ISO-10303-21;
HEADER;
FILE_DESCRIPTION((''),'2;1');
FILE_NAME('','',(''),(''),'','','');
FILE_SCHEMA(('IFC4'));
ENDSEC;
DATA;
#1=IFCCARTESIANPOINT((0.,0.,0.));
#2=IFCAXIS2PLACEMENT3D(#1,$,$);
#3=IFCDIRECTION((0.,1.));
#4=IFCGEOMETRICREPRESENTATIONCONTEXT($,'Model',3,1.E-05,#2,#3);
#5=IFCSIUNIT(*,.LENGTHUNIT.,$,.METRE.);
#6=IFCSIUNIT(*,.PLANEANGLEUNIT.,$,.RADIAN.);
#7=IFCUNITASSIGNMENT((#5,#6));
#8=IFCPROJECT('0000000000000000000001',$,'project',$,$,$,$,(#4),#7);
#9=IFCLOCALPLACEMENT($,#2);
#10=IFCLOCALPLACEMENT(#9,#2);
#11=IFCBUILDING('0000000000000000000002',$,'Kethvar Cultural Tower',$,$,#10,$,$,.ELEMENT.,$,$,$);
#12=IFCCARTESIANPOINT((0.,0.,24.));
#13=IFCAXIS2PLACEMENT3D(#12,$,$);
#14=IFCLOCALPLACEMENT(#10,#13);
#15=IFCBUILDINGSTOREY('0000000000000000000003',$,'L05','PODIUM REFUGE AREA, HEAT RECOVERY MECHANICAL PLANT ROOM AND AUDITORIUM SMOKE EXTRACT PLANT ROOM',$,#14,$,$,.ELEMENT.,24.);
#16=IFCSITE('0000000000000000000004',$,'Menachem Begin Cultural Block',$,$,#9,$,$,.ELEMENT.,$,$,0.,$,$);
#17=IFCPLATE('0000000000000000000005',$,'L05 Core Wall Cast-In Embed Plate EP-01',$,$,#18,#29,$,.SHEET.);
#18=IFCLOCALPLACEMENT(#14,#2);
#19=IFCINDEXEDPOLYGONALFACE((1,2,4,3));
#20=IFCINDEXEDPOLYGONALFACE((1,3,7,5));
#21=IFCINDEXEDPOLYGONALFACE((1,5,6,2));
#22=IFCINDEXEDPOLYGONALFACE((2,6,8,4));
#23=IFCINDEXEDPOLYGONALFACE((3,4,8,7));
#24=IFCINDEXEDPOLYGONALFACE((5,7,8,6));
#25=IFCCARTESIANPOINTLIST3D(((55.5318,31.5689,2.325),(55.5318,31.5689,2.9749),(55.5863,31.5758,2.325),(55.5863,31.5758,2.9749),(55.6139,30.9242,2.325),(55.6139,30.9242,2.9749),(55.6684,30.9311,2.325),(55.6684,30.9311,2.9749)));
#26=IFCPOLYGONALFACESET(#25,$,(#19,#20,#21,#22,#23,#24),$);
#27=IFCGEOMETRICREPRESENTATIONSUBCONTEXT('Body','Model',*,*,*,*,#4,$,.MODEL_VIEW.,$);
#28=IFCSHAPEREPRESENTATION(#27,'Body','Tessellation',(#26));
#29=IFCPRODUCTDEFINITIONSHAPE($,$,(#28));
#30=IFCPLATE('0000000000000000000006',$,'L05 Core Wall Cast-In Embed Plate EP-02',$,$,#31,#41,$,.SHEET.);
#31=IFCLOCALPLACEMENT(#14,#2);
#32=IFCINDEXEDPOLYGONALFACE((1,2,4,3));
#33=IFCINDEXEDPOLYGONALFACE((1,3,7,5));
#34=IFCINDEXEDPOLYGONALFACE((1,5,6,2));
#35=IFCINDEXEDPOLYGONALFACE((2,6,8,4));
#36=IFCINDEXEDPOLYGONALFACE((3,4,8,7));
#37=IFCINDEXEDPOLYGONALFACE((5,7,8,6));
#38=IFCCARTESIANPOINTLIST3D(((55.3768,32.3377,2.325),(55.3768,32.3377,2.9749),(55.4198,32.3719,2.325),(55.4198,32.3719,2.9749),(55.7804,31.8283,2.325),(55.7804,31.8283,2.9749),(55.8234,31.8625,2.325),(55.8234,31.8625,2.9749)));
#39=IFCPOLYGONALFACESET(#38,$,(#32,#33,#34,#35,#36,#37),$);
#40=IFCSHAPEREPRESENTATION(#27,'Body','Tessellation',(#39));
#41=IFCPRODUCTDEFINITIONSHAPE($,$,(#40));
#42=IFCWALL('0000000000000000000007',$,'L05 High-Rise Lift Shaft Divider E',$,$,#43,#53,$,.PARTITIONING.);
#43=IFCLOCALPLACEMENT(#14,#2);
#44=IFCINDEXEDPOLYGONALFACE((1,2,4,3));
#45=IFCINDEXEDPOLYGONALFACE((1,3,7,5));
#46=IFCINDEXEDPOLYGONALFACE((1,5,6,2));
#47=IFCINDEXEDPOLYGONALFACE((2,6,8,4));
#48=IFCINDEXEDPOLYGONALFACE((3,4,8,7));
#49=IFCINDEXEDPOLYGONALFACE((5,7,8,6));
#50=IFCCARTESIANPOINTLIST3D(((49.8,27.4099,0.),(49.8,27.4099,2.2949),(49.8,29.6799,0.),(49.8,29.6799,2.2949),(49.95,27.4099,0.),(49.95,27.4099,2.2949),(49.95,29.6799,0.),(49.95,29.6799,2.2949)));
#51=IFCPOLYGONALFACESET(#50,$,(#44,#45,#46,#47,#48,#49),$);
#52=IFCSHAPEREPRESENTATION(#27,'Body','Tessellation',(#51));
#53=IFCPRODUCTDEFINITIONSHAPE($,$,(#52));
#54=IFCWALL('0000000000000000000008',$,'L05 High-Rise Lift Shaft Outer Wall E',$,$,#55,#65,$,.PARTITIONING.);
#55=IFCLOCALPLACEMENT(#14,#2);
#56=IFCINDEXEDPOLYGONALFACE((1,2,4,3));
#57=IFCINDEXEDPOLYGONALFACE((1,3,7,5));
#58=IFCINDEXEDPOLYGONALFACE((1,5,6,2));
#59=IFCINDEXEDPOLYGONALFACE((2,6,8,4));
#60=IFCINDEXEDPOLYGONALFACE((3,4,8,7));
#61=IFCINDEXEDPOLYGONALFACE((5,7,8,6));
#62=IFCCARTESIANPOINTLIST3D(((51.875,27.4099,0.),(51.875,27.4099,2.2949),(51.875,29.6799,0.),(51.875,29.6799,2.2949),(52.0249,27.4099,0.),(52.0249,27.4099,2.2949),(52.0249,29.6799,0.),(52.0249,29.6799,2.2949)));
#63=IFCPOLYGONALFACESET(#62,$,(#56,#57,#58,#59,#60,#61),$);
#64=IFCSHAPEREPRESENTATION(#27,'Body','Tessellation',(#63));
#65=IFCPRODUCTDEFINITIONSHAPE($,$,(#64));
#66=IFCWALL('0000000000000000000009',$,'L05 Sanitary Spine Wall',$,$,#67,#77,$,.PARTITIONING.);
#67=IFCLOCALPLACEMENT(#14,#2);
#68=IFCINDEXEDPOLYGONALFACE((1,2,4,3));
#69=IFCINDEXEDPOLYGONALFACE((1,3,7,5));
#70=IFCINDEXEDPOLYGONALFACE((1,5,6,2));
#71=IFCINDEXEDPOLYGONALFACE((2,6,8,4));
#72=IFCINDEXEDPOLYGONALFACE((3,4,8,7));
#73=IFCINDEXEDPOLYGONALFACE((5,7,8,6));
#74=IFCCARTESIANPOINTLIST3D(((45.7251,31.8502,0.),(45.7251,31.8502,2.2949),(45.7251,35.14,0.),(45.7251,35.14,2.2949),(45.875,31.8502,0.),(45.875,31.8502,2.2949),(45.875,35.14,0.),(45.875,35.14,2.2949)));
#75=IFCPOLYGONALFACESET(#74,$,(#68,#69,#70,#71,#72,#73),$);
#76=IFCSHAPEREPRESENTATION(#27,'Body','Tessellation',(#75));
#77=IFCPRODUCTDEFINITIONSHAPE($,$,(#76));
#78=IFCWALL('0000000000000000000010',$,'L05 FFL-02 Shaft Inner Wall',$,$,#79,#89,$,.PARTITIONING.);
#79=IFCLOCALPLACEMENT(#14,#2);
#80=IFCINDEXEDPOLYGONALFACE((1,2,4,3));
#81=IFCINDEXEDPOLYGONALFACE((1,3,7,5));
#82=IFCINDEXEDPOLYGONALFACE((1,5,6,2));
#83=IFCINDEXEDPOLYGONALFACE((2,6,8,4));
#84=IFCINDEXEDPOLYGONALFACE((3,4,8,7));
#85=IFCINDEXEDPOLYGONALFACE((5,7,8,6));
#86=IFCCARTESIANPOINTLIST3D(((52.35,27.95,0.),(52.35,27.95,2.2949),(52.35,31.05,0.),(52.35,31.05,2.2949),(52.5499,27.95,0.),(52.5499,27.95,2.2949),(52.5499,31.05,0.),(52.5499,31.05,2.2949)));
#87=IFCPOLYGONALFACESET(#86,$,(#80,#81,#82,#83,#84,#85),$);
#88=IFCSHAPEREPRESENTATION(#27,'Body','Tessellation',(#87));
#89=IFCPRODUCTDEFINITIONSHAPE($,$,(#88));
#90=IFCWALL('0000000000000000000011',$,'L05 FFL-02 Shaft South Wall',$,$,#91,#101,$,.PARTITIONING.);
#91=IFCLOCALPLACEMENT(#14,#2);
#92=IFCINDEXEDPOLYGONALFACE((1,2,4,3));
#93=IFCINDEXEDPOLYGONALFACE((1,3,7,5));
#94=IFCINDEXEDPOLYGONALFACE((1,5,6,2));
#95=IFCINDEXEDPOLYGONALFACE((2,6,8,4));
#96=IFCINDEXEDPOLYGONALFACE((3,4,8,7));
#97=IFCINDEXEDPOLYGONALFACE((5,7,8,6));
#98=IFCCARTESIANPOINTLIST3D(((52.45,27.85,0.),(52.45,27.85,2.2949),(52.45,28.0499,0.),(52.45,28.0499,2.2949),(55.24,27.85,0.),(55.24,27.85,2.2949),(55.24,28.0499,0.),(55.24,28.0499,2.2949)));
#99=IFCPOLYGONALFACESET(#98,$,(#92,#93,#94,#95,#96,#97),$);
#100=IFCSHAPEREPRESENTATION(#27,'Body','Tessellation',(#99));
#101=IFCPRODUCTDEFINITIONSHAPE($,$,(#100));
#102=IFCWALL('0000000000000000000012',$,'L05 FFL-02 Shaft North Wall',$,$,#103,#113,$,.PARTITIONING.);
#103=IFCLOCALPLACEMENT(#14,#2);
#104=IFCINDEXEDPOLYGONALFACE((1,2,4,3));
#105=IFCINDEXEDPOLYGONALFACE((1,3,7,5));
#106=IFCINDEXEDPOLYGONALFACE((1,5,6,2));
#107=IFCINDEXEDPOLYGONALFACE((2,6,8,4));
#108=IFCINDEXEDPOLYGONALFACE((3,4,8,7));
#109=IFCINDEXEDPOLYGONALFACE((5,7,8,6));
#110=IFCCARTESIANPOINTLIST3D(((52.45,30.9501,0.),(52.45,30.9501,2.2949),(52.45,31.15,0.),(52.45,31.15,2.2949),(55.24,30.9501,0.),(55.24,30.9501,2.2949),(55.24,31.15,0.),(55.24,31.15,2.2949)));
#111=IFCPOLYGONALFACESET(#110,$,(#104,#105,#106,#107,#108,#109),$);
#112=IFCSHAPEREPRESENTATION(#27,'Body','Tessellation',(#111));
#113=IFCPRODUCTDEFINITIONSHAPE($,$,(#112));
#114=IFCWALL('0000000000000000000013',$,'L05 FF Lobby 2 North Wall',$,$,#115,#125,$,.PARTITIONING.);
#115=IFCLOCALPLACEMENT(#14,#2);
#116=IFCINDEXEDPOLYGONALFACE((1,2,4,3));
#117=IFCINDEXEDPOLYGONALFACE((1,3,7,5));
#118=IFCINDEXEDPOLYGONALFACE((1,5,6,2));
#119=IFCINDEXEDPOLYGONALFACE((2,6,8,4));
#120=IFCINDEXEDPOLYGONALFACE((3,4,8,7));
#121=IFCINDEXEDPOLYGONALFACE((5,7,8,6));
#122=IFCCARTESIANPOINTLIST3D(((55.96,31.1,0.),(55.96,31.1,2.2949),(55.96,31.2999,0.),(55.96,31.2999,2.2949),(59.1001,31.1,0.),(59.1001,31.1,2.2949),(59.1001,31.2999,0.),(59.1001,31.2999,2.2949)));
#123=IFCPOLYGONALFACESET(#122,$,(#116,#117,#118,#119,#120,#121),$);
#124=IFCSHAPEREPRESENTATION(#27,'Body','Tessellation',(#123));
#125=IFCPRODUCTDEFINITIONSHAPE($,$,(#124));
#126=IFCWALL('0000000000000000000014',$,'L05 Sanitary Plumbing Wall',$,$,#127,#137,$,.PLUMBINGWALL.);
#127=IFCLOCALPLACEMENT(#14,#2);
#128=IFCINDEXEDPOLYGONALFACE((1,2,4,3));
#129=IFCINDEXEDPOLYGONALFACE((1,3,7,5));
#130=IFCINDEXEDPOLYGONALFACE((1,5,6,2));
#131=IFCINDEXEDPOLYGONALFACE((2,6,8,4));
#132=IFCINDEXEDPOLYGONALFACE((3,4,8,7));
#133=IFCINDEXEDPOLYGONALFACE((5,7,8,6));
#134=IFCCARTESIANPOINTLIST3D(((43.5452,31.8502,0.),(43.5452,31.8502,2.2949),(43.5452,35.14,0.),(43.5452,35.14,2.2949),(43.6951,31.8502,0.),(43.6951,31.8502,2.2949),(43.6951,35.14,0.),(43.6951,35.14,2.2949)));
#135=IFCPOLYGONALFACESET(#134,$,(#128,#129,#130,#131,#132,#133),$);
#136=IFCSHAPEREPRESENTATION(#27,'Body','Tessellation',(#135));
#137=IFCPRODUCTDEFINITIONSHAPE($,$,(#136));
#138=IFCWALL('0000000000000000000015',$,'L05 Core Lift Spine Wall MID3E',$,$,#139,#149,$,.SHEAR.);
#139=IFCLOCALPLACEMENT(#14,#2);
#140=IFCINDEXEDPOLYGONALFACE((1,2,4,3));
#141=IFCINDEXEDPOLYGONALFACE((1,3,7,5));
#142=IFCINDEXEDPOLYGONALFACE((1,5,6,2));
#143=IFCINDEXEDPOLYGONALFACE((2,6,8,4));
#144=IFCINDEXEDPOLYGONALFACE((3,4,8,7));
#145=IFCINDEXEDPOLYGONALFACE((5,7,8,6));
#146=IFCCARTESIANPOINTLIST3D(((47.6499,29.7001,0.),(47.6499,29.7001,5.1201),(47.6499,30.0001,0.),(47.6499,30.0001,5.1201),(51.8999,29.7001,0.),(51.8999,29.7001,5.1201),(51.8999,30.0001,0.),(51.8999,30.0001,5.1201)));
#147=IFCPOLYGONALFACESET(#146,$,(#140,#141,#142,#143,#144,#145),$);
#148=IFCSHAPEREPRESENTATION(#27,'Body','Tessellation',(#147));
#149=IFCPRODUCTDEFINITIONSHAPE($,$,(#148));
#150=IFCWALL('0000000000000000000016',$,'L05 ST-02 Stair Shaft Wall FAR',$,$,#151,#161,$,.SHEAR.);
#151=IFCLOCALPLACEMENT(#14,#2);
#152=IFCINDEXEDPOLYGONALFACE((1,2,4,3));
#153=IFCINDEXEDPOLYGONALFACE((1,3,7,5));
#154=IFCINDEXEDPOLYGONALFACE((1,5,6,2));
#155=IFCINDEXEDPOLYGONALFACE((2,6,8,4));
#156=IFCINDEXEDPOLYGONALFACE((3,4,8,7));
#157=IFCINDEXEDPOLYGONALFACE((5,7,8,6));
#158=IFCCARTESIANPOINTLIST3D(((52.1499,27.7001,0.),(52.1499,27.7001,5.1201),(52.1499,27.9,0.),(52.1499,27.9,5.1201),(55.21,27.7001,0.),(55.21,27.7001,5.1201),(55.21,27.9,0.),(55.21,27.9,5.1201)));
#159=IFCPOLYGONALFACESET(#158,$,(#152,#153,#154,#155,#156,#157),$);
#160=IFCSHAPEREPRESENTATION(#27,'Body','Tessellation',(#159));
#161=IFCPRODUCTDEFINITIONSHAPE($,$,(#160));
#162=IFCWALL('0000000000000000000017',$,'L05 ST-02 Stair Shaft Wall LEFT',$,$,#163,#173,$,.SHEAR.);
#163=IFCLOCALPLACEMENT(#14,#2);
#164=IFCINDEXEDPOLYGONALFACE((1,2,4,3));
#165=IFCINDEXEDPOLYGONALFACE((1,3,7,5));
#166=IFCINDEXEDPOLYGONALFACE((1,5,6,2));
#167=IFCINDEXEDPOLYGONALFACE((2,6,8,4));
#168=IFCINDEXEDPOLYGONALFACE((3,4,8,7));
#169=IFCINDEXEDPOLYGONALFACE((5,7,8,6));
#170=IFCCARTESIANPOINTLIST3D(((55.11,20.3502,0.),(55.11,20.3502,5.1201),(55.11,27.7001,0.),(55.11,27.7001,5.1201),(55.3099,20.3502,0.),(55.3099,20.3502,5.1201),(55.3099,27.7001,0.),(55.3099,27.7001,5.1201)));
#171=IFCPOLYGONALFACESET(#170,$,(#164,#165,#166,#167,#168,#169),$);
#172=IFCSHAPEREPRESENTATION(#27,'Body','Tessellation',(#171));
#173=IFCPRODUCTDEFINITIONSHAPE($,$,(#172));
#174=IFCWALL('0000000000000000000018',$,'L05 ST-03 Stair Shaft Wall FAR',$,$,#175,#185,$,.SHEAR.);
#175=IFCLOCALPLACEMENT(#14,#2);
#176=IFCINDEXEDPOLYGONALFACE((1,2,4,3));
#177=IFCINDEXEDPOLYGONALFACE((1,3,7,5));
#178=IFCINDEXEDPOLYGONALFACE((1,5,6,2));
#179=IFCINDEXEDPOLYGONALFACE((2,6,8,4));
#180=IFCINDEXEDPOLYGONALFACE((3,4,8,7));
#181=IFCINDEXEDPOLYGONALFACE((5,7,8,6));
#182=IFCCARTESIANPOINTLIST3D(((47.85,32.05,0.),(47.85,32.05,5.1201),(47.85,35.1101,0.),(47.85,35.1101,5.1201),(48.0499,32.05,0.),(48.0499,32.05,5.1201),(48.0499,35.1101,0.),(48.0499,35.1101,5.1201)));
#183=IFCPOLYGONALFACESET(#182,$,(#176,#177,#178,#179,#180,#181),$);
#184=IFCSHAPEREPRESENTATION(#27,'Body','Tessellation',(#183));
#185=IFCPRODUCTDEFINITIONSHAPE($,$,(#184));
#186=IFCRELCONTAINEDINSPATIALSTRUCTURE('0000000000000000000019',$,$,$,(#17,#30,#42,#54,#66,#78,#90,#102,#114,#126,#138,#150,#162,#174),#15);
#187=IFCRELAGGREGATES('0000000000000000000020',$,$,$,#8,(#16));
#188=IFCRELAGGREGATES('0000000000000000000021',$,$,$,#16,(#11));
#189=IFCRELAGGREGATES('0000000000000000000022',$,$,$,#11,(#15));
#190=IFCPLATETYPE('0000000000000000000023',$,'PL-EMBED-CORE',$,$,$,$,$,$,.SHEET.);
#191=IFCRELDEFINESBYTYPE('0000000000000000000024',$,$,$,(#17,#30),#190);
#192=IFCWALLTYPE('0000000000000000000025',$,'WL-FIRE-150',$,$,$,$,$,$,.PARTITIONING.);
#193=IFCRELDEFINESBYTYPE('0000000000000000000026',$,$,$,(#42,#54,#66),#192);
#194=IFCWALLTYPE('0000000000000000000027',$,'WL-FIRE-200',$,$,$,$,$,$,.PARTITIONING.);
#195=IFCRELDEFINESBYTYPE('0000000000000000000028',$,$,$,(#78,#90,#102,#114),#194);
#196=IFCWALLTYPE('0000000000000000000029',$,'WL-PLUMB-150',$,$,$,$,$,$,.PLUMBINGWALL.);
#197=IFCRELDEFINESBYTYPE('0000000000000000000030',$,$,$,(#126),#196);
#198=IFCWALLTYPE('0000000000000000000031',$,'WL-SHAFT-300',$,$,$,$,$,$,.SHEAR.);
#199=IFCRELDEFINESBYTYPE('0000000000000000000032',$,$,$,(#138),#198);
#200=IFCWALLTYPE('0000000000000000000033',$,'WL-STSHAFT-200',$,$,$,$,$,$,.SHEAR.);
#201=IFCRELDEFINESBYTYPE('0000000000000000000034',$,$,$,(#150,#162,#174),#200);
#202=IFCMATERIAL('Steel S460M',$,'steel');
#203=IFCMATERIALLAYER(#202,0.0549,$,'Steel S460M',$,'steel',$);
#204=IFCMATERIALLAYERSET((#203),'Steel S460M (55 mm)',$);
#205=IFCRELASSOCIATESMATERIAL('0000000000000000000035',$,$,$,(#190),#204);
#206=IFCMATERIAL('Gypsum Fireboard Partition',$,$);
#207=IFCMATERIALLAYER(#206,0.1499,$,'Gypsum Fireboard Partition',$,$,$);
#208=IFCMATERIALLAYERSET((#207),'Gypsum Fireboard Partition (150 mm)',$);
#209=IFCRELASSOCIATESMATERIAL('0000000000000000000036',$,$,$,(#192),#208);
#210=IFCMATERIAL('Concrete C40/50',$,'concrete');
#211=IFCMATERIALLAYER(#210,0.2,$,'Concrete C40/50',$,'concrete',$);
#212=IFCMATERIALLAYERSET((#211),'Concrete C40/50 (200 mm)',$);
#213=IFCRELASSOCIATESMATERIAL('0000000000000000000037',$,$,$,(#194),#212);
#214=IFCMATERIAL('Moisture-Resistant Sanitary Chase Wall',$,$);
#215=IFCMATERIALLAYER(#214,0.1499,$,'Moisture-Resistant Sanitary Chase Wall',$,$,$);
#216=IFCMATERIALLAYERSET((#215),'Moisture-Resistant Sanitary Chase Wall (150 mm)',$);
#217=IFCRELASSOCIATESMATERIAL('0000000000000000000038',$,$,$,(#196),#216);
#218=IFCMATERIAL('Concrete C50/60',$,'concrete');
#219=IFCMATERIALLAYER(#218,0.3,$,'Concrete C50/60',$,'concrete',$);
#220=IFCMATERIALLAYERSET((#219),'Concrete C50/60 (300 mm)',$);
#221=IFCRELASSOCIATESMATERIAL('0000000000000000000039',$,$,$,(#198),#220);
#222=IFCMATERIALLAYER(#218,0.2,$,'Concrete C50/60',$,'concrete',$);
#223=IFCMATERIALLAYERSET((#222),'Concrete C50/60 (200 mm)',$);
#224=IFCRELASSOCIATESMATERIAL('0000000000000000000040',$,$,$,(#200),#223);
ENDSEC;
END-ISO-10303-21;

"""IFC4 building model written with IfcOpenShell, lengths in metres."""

from ifc_helpers import new_model, si_unit, direction, frame, frame_2d, origin, origin_2d, place, context, subcontext, project, spatial, rectangle, extrude, source, transform, mapped, material, layer, layer_set, type_object, element, save


model = new_model("IFC4")

# Units and contexts
model_context = context("Model", 3, precision=1e-05, world=origin(), true_north=direction((0.0, 1.0)))
body_context = subcontext(model_context, "Body", "Model", "MODEL_VIEW")
ifc_project = project(units=[si_unit("LENGTHUNIT", "METRE"), si_unit("PLANEANGLEUNIT", "RADIAN")], contexts=[model_context])

# Site, building, storey
site_placement = place(None, origin())
site = spatial("IfcSite", under=ifc_project, at=site_placement, Name="Menachem Begin Cultural Block", CompositionType="ELEMENT", RefElevation=0.0)
building_placement = place(site_placement, origin())
building = spatial("IfcBuilding", under=site, at=building_placement, Name="Kethvar Cultural Tower", CompositionType="ELEMENT")
storey_placement = place(building_placement, frame((0.0, 0.0, 24.0)))
storey = spatial("IfcBuildingStorey", under=building, at=storey_placement, Name="L05", Description="PODIUM REFUGE AREA, HEAT RECOVERY MECHANICAL PLANT ROOM AND AUDITORIUM SMOKE EXTRACT PLANT ROOM", CompositionType="ELEMENT", Elevation=24.0)

# Shared definitions
ifc_material_1 = material(Name="Steel S460M", Category="steel")

# Plates
ifc_layer_1 = layer(ifc_material_1, 0.0549, Name="Steel S460M", Category="steel")
ifc_layer_set_1 = layer_set([ifc_layer_1], Name="Steel S460M (55 mm)")
plate_type = type_object("IfcPlateType", Name="PL-EMBED-CORE", PredefinedType="SHEET", material=ifc_layer_set_1)
shared_shape_1 = source(origin(), body_context, "Body", "SweptSolid", [
    extrude(rectangle(XDim=0.0549, YDim=0.6499, at=origin_2d()), origin(), (0.0, 0.0, 1.0), 0.6499),
])
for number, where, z_axis, x_axis, name in (
    (1, (55.6001, 31.25, 2.325), (0.0, 0.0, 1.0), (0.991983, 0.126372, 0.0), "L05 Core Wall Cast-In Embed Plate EP-01"),
    (2, (55.6001, 32.1001, 2.325), (0.0, 0.0, 1.0), (0.783802, 0.621011, 0.0), "L05 Core Wall Cast-In Embed Plate EP-02"),
):
    element("IfcPlate", number, at=place(storey_placement, frame(where, z_axis=z_axis, x_axis=x_axis)), inside=storey, type_object=plate_type, Name=name, PredefinedType="SHEET", context=body_context, shape_type="MappedRepresentation", body=[
        mapped(shared_shape_1, transform((0.0, 0.0, 0.0), scale=1.0)),
    ])

# Walls
ifc_material_2 = material(Name="Gypsum Fireboard Partition")
ifc_layer_2 = layer(ifc_material_2, 0.1499, Name="Gypsum Fireboard Partition")
ifc_layer_set_2 = layer_set([ifc_layer_2], Name="Gypsum Fireboard Partition (150 mm)")
wall_type_1 = type_object("IfcWallType", Name="WL-FIRE-150", PredefinedType="PARTITIONING", material=ifc_layer_set_2)
for number, where, z_axis, x_axis, name in (
    (3, (49.875, 27.4099, 0.0), (0.0, 0.0, 1.0), (0.0, 1.0, 0.0), "L05 High-Rise Lift Shaft Divider E"),
    (4, (51.95, 27.4099, 0.0), (0.0, 0.0, 1.0), (0.0, 1.0, 0.0), "L05 High-Rise Lift Shaft Outer Wall E"),
):
    element("IfcWall", number, at=place(storey_placement, frame(where, z_axis=z_axis, x_axis=x_axis)), inside=storey, type_object=wall_type_1, Name=name, PredefinedType="PARTITIONING", context=body_context, shape_type="SweptSolid", body=[
        extrude(rectangle(XDim=2.27, YDim=0.1499, at=frame_2d((1.135, 0.0))), origin(), (0.0, 0.0, 1.0), 2.2949),
    ])
wall_1_placement = place(storey_placement, frame((45.8, 31.8501, 0.0), z_axis=(0.0, 0.0, 1.0), x_axis=(0.0, 1.0, 0.0)))
element("IfcWall", 5, at=wall_1_placement, inside=storey, type_object=wall_type_1, Name="L05 Sanitary Spine Wall", PredefinedType="PARTITIONING", context=body_context, shape_type="SweptSolid", body=[
    extrude(rectangle(XDim=3.2898, YDim=0.1499, at=frame_2d((1.645, 0.0))), origin(), (0.0, 0.0, 1.0), 2.2949),
])
ifc_material_3 = material(Name="Concrete C40/50", Category="concrete")
ifc_layer_3 = layer(ifc_material_3, 0.2, Name="Concrete C40/50", Category="concrete")
ifc_layer_set_3 = layer_set([ifc_layer_3], Name="Concrete C40/50 (200 mm)")
wall_type_2 = type_object("IfcWallType", Name="WL-FIRE-200", PredefinedType="PARTITIONING", material=ifc_layer_set_3)
wall_2_placement = place(storey_placement, frame((52.45, 27.95, 0.0), z_axis=(0.0, 0.0, 1.0), x_axis=(0.0, 1.0, 0.0)))
element("IfcWall", 6, at=wall_2_placement, inside=storey, type_object=wall_type_2, Name="L05 FFL-02 Shaft Inner Wall", PredefinedType="PARTITIONING", context=body_context, shape_type="SweptSolid", body=[
    extrude(rectangle(XDim=3.1001, YDim=0.2, at=frame_2d((1.55, 0.0))), origin(), (0.0, 0.0, 1.0), 2.2949),
])
for number, where, z_axis, x_axis, name in (
    (7, (52.45, 27.95, 0.0), (0.0, 0.0, 1.0), (1.0, 0.0, 0.0), "L05 FFL-02 Shaft South Wall"),
    (8, (52.45, 31.05, 0.0), (0.0, 0.0, 1.0), (1.0, 0.0, 0.0), "L05 FFL-02 Shaft North Wall"),
):
    element("IfcWall", number, at=place(storey_placement, frame(where, z_axis=z_axis, x_axis=x_axis)), inside=storey, type_object=wall_type_2, Name=name, PredefinedType="PARTITIONING", context=body_context, shape_type="SweptSolid", body=[
        extrude(rectangle(XDim=2.79, YDim=0.2, at=frame_2d((1.395, 0.0))), origin(), (0.0, 0.0, 1.0), 2.2949),
    ])
wall_3_placement = place(storey_placement, frame((55.96, 31.2, 0.0), z_axis=(0.0, 0.0, 1.0), x_axis=(1.0, 0.0, 0.0)))
element("IfcWall", 9, at=wall_3_placement, inside=storey, type_object=wall_type_2, Name="L05 FF Lobby 2 North Wall", PredefinedType="PARTITIONING", context=body_context, shape_type="SweptSolid", body=[
    extrude(rectangle(XDim=3.1401, YDim=0.2, at=frame_2d((1.5701, 0.0))), origin(), (0.0, 0.0, 1.0), 2.2949),
])
ifc_material_4 = material(Name="Moisture-Resistant Sanitary Chase Wall")
ifc_layer_4 = layer(ifc_material_4, 0.1499, Name="Moisture-Resistant Sanitary Chase Wall")
ifc_layer_set_4 = layer_set([ifc_layer_4], Name="Moisture-Resistant Sanitary Chase Wall (150 mm)")
wall_type_3 = type_object("IfcWallType", Name="WL-PLUMB-150", PredefinedType="PLUMBINGWALL", material=ifc_layer_set_4)
wall_4_placement = place(storey_placement, frame((43.6201, 31.8501, 0.0), z_axis=(0.0, 0.0, 1.0), x_axis=(0.0, 1.0, 0.0)))
element("IfcWall", 10, at=wall_4_placement, inside=storey, type_object=wall_type_3, Name="L05 Sanitary Plumbing Wall", PredefinedType="PLUMBINGWALL", context=body_context, shape_type="SweptSolid", body=[
    extrude(rectangle(XDim=3.2898, YDim=0.1499, at=frame_2d((1.645, 0.0))), origin(), (0.0, 0.0, 1.0), 2.2949),
])
ifc_material_5 = material(Name="Concrete C50/60", Category="concrete")
ifc_layer_5 = layer(ifc_material_5, 0.3, Name="Concrete C50/60", Category="concrete")
ifc_layer_set_5 = layer_set([ifc_layer_5], Name="Concrete C50/60 (300 mm)")
wall_type_4 = type_object("IfcWallType", Name="WL-SHAFT-300", PredefinedType="SHEAR", material=ifc_layer_set_5)
wall_5_placement = place(storey_placement, frame((47.6499, 29.8501, 0.0), z_axis=(0.0, 0.0, 1.0), x_axis=(1.0, 0.0, 0.0)))
element("IfcWall", 11, at=wall_5_placement, inside=storey, type_object=wall_type_4, Name="L05 Core Lift Spine Wall MID3E", PredefinedType="SHEAR", context=body_context, shape_type="SweptSolid", body=[
    extrude(rectangle(XDim=4.25, YDim=0.3, at=frame_2d((2.125, 0.0))), origin(), (0.0, 0.0, 1.0), 5.1201),
])
ifc_layer_6 = layer(ifc_material_5, 0.2, Name="Concrete C50/60", Category="concrete")
ifc_layer_set_6 = layer_set([ifc_layer_6], Name="Concrete C50/60 (200 mm)")
wall_type_5 = type_object("IfcWallType", Name="WL-STSHAFT-200", PredefinedType="SHEAR", material=ifc_layer_set_6)
wall_6_placement = place(storey_placement, frame((52.1499, 27.8, 0.0), z_axis=(0.0, 0.0, 1.0), x_axis=(1.0, 0.0, 0.0)))
element("IfcWall", 12, at=wall_6_placement, inside=storey, type_object=wall_type_5, Name="L05 ST-02 Stair Shaft Wall FAR", PredefinedType="SHEAR", context=body_context, shape_type="SweptSolid", body=[
    extrude(rectangle(XDim=3.0601, YDim=0.2, at=frame_2d((1.53, 0.0))), origin(), (0.0, 0.0, 1.0), 5.1201),
])
wall_7_placement = place(storey_placement, frame((55.21, 27.7, 0.0), z_axis=(0.0, 0.0, 1.0), x_axis=(0.0, -1.0, 0.0)))
element("IfcWall", 13, at=wall_7_placement, inside=storey, type_object=wall_type_5, Name="L05 ST-02 Stair Shaft Wall LEFT", PredefinedType="SHEAR", context=body_context, shape_type="SweptSolid", body=[
    extrude(rectangle(XDim=7.3499, YDim=0.2, at=frame_2d((3.6748, 0.0))), origin(), (0.0, 0.0, 1.0), 5.1201),
])
wall_8_placement = place(storey_placement, frame((47.95, 32.05, 0.0), z_axis=(0.0, 0.0, 1.0), x_axis=(0.0, 1.0, 0.0)))
element("IfcWall", 14, at=wall_8_placement, inside=storey, type_object=wall_type_5, Name="L05 ST-03 Stair Shaft Wall FAR", PredefinedType="SHEAR", context=body_context, shape_type="SweptSolid", body=[
    extrude(rectangle(XDim=3.0601, YDim=0.2, at=frame_2d((1.53, 0.0))), origin(), (0.0, 0.0, 1.0), 5.1201),
])

save(model, "model.ifc")
